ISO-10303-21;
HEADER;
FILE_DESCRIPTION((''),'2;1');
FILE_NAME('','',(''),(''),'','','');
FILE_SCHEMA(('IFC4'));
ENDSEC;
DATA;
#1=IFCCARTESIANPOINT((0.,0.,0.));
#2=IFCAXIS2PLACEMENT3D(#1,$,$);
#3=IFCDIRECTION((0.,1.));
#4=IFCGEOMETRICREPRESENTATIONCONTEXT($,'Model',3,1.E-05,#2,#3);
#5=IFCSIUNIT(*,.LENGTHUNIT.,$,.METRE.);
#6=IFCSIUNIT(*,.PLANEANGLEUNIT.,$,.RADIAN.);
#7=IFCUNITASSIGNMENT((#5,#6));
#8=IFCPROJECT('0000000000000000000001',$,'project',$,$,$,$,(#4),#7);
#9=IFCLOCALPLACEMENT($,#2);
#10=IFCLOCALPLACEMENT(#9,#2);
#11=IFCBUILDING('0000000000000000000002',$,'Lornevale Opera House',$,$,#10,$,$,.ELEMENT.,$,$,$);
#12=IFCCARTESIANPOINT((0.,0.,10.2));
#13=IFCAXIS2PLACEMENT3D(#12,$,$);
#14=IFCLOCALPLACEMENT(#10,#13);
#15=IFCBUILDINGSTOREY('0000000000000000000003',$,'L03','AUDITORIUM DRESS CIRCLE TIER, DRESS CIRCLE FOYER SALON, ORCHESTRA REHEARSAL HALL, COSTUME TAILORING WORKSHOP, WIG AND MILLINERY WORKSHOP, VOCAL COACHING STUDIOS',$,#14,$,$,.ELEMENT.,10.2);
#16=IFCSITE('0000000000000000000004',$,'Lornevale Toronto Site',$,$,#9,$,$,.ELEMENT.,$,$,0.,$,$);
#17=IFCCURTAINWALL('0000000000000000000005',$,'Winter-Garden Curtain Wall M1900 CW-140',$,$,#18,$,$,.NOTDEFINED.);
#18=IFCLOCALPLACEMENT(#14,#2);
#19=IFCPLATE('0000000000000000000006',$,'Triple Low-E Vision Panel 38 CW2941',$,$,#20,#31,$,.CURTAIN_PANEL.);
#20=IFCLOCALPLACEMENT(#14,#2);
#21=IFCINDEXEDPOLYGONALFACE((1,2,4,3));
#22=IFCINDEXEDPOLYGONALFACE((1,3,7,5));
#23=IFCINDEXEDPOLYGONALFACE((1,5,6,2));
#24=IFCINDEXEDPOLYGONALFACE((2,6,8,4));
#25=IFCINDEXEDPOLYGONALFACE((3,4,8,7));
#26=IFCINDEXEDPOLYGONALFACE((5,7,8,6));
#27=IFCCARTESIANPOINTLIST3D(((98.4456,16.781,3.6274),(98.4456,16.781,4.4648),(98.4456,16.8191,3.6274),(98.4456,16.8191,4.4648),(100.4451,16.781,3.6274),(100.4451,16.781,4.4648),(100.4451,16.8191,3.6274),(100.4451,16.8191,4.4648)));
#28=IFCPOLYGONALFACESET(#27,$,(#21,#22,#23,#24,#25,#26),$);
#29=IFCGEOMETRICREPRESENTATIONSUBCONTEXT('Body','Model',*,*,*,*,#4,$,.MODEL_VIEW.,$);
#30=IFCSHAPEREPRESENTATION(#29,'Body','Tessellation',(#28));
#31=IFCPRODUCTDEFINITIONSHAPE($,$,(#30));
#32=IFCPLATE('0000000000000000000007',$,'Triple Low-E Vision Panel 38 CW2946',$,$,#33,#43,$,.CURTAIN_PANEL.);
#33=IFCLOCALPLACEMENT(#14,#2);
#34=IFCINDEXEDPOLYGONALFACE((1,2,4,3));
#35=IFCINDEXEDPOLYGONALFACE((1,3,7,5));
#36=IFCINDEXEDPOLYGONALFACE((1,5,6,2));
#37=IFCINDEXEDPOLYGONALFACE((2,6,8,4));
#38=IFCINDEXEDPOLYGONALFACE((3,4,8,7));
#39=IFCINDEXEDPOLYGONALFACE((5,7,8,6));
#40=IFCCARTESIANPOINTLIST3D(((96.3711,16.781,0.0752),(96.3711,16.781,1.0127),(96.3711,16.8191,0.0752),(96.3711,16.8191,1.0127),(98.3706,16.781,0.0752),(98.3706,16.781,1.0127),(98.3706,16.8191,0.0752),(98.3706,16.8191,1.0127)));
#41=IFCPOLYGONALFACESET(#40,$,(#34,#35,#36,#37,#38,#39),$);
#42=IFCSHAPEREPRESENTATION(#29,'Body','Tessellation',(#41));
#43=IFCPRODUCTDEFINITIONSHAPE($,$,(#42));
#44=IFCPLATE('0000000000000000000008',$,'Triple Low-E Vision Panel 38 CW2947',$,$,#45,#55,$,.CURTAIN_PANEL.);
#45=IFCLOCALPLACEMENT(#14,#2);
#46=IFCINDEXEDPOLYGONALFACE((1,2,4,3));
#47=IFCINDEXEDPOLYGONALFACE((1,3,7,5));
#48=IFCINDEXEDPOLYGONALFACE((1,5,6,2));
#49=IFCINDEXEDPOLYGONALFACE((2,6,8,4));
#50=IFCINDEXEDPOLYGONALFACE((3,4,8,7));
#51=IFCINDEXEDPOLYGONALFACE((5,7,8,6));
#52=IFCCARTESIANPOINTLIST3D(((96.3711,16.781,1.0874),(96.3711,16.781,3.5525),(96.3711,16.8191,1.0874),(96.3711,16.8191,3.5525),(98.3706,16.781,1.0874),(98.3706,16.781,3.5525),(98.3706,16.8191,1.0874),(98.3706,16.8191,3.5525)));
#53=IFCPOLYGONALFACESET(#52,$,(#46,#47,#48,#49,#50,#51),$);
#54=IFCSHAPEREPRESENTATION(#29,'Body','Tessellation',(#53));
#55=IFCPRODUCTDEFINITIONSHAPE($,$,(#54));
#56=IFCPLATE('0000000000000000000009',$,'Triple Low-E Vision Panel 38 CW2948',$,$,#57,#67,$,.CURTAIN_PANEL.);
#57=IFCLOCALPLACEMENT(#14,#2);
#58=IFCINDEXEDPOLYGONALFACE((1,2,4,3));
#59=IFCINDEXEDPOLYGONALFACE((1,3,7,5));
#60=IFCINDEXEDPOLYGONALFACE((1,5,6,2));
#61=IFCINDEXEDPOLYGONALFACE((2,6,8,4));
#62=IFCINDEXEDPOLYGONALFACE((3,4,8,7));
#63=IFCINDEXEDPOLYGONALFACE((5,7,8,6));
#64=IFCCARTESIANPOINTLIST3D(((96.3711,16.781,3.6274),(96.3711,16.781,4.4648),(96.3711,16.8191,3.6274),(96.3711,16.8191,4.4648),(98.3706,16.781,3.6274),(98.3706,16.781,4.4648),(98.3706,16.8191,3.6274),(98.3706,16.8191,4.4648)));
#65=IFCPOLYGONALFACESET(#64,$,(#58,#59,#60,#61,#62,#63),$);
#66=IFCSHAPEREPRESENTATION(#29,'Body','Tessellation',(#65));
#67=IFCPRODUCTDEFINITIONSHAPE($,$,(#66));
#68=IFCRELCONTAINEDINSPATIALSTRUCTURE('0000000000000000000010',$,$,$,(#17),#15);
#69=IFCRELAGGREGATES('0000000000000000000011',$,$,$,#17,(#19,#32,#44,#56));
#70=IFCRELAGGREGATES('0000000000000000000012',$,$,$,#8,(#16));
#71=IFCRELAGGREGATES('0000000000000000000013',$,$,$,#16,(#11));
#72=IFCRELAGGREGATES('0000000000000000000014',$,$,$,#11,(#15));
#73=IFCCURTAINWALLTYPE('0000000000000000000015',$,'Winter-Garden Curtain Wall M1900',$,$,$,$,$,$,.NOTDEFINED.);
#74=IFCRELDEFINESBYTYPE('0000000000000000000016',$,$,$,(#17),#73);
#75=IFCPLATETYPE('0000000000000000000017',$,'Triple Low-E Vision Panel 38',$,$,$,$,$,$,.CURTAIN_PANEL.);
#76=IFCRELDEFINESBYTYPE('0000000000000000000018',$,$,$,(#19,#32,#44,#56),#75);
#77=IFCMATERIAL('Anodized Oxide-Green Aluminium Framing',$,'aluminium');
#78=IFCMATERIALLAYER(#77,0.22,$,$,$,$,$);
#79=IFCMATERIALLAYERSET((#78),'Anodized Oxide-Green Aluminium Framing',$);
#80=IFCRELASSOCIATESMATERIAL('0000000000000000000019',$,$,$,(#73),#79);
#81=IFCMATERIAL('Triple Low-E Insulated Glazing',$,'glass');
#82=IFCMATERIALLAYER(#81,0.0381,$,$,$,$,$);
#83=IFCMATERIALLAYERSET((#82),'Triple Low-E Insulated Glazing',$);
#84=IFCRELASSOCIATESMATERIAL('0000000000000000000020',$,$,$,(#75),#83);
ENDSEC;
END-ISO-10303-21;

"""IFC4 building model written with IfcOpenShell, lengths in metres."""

from ifc_helpers import new_model, si_unit, direction, frame, origin, origin_2d, place, context, subcontext, project, spatial, rectangle, extrude, material, layer, layer_set, type_object, element, aggregate, save


model = new_model("IFC4")

# Units and contexts
model_context = context("Model", 3, precision=1e-05, world=origin(), true_north=direction((0.0, 1.0)))
body_context = subcontext(model_context, "Body", "Model", "MODEL_VIEW")
ifc_project = project(units=[si_unit("LENGTHUNIT", "METRE"), si_unit("PLANEANGLEUNIT", "RADIAN")], contexts=[model_context])

# Site, building, storey
site_placement = place(None, origin())
site = spatial("IfcSite", under=ifc_project, at=site_placement, Name="Lornevale Toronto Site", CompositionType="ELEMENT", RefElevation=0.0)
building_placement = place(site_placement, origin())
building = spatial("IfcBuilding", under=site, at=building_placement, Name="Lornevale Opera House", CompositionType="ELEMENT")
storey_placement = place(building_placement, frame((0.0, 0.0, 10.2)))
storey = spatial("IfcBuildingStorey", under=building, at=storey_placement, Name="L03", Description="AUDITORIUM DRESS CIRCLE TIER, DRESS CIRCLE FOYER SALON, ORCHESTRA REHEARSAL HALL, COSTUME TAILORING WORKSHOP, WIG AND MILLINERY WORKSHOP, VOCAL COACHING STUDIOS", CompositionType="ELEMENT", Elevation=10.2)

# Shared definitions
ifc_material_1 = material(Name="Anodized Oxide-Green Aluminium Framing", Category="aluminium")

# Curtain wall
ifc_layer_1 = layer(ifc_material_1, 0.22)
ifc_layer_set_1 = layer_set([ifc_layer_1], Name="Anodized Oxide-Green Aluminium Framing")
curtain_wall_type_1 = type_object("IfcCurtainWallType", Name="Winter-Garden Curtain Wall M1900", PredefinedType="NOTDEFINED", material=ifc_layer_set_1)
curtain_wall_1_placement = place(storey_placement, origin())
curtain_wall_1 = element("IfcCurtainWall", 1, at=curtain_wall_1_placement, inside=storey, type_object=curtain_wall_type_1, Name="Winter-Garden Curtain Wall M1900 CW-140", PredefinedType="NOTDEFINED")

# Plates
ifc_material_2 = material(Name="Triple Low-E Insulated Glazing", Category="glass")
ifc_layer_2 = layer(ifc_material_2, 0.0381)
ifc_layer_set_2 = layer_set([ifc_layer_2], Name="Triple Low-E Insulated Glazing")
plate_type_1 = type_object("IfcPlateType", Name="Triple Low-E Vision Panel 38", PredefinedType="CURTAIN_PANEL", material=ifc_layer_set_2)
plate_1_placement = place(storey_placement, frame((99.4453, 16.8, 3.6274), z_axis=(0.0, 0.0, 1.0), x_axis=(-1.0, 0.0, 0.0)))
plate_1 = element("IfcPlate", 2, at=plate_1_placement, type_object=plate_type_1, Name="Triple Low-E Vision Panel 38 CW2941", PredefinedType="CURTAIN_PANEL", context=body_context, shape_type="SweptSolid", body=[
    extrude(rectangle(XDim=1.9995, YDim=0.0381, at=origin_2d()), origin(), (0.0, 0.0, 1.0), 0.8374),
])
plate_2_placement = place(storey_placement, frame((97.3708, 16.8, 0.0752), z_axis=(0.0, 0.0, 1.0), x_axis=(-1.0, 0.0, 0.0)))
plate_2 = element("IfcPlate", 3, at=plate_2_placement, type_object=plate_type_1, Name="Triple Low-E Vision Panel 38 CW2946", PredefinedType="CURTAIN_PANEL", context=body_context, shape_type="SweptSolid", body=[
    extrude(rectangle(XDim=1.9995, YDim=0.0381, at=origin_2d()), origin(), (0.0, 0.0, 1.0), 0.9375),
])
plate_3_placement = place(storey_placement, frame((97.3708, 16.8, 1.0874), z_axis=(0.0, 0.0, 1.0), x_axis=(-1.0, 0.0, 0.0)))
plate_3 = element("IfcPlate", 4, at=plate_3_placement, type_object=plate_type_1, Name="Triple Low-E Vision Panel 38 CW2947", PredefinedType="CURTAIN_PANEL", context=body_context, shape_type="SweptSolid", body=[
    extrude(rectangle(XDim=1.9995, YDim=0.0381, at=origin_2d()), origin(), (0.0, 0.0, 1.0), 2.4651),
])
plate_4_placement = place(storey_placement, frame((97.3708, 16.8, 3.6274), z_axis=(0.0, 0.0, 1.0), x_axis=(-1.0, 0.0, 0.0)))
plate_4 = element("IfcPlate", 5, at=plate_4_placement, type_object=plate_type_1, Name="Triple Low-E Vision Panel 38 CW2948", PredefinedType="CURTAIN_PANEL", context=body_context, shape_type="SweptSolid", body=[
    extrude(rectangle(XDim=1.9995, YDim=0.0381, at=origin_2d()), origin(), (0.0, 0.0, 1.0), 0.8374),
])
aggregate(curtain_wall_1, [plate_1, plate_2, plate_3, plate_4])

save(model, "model.ifc")
